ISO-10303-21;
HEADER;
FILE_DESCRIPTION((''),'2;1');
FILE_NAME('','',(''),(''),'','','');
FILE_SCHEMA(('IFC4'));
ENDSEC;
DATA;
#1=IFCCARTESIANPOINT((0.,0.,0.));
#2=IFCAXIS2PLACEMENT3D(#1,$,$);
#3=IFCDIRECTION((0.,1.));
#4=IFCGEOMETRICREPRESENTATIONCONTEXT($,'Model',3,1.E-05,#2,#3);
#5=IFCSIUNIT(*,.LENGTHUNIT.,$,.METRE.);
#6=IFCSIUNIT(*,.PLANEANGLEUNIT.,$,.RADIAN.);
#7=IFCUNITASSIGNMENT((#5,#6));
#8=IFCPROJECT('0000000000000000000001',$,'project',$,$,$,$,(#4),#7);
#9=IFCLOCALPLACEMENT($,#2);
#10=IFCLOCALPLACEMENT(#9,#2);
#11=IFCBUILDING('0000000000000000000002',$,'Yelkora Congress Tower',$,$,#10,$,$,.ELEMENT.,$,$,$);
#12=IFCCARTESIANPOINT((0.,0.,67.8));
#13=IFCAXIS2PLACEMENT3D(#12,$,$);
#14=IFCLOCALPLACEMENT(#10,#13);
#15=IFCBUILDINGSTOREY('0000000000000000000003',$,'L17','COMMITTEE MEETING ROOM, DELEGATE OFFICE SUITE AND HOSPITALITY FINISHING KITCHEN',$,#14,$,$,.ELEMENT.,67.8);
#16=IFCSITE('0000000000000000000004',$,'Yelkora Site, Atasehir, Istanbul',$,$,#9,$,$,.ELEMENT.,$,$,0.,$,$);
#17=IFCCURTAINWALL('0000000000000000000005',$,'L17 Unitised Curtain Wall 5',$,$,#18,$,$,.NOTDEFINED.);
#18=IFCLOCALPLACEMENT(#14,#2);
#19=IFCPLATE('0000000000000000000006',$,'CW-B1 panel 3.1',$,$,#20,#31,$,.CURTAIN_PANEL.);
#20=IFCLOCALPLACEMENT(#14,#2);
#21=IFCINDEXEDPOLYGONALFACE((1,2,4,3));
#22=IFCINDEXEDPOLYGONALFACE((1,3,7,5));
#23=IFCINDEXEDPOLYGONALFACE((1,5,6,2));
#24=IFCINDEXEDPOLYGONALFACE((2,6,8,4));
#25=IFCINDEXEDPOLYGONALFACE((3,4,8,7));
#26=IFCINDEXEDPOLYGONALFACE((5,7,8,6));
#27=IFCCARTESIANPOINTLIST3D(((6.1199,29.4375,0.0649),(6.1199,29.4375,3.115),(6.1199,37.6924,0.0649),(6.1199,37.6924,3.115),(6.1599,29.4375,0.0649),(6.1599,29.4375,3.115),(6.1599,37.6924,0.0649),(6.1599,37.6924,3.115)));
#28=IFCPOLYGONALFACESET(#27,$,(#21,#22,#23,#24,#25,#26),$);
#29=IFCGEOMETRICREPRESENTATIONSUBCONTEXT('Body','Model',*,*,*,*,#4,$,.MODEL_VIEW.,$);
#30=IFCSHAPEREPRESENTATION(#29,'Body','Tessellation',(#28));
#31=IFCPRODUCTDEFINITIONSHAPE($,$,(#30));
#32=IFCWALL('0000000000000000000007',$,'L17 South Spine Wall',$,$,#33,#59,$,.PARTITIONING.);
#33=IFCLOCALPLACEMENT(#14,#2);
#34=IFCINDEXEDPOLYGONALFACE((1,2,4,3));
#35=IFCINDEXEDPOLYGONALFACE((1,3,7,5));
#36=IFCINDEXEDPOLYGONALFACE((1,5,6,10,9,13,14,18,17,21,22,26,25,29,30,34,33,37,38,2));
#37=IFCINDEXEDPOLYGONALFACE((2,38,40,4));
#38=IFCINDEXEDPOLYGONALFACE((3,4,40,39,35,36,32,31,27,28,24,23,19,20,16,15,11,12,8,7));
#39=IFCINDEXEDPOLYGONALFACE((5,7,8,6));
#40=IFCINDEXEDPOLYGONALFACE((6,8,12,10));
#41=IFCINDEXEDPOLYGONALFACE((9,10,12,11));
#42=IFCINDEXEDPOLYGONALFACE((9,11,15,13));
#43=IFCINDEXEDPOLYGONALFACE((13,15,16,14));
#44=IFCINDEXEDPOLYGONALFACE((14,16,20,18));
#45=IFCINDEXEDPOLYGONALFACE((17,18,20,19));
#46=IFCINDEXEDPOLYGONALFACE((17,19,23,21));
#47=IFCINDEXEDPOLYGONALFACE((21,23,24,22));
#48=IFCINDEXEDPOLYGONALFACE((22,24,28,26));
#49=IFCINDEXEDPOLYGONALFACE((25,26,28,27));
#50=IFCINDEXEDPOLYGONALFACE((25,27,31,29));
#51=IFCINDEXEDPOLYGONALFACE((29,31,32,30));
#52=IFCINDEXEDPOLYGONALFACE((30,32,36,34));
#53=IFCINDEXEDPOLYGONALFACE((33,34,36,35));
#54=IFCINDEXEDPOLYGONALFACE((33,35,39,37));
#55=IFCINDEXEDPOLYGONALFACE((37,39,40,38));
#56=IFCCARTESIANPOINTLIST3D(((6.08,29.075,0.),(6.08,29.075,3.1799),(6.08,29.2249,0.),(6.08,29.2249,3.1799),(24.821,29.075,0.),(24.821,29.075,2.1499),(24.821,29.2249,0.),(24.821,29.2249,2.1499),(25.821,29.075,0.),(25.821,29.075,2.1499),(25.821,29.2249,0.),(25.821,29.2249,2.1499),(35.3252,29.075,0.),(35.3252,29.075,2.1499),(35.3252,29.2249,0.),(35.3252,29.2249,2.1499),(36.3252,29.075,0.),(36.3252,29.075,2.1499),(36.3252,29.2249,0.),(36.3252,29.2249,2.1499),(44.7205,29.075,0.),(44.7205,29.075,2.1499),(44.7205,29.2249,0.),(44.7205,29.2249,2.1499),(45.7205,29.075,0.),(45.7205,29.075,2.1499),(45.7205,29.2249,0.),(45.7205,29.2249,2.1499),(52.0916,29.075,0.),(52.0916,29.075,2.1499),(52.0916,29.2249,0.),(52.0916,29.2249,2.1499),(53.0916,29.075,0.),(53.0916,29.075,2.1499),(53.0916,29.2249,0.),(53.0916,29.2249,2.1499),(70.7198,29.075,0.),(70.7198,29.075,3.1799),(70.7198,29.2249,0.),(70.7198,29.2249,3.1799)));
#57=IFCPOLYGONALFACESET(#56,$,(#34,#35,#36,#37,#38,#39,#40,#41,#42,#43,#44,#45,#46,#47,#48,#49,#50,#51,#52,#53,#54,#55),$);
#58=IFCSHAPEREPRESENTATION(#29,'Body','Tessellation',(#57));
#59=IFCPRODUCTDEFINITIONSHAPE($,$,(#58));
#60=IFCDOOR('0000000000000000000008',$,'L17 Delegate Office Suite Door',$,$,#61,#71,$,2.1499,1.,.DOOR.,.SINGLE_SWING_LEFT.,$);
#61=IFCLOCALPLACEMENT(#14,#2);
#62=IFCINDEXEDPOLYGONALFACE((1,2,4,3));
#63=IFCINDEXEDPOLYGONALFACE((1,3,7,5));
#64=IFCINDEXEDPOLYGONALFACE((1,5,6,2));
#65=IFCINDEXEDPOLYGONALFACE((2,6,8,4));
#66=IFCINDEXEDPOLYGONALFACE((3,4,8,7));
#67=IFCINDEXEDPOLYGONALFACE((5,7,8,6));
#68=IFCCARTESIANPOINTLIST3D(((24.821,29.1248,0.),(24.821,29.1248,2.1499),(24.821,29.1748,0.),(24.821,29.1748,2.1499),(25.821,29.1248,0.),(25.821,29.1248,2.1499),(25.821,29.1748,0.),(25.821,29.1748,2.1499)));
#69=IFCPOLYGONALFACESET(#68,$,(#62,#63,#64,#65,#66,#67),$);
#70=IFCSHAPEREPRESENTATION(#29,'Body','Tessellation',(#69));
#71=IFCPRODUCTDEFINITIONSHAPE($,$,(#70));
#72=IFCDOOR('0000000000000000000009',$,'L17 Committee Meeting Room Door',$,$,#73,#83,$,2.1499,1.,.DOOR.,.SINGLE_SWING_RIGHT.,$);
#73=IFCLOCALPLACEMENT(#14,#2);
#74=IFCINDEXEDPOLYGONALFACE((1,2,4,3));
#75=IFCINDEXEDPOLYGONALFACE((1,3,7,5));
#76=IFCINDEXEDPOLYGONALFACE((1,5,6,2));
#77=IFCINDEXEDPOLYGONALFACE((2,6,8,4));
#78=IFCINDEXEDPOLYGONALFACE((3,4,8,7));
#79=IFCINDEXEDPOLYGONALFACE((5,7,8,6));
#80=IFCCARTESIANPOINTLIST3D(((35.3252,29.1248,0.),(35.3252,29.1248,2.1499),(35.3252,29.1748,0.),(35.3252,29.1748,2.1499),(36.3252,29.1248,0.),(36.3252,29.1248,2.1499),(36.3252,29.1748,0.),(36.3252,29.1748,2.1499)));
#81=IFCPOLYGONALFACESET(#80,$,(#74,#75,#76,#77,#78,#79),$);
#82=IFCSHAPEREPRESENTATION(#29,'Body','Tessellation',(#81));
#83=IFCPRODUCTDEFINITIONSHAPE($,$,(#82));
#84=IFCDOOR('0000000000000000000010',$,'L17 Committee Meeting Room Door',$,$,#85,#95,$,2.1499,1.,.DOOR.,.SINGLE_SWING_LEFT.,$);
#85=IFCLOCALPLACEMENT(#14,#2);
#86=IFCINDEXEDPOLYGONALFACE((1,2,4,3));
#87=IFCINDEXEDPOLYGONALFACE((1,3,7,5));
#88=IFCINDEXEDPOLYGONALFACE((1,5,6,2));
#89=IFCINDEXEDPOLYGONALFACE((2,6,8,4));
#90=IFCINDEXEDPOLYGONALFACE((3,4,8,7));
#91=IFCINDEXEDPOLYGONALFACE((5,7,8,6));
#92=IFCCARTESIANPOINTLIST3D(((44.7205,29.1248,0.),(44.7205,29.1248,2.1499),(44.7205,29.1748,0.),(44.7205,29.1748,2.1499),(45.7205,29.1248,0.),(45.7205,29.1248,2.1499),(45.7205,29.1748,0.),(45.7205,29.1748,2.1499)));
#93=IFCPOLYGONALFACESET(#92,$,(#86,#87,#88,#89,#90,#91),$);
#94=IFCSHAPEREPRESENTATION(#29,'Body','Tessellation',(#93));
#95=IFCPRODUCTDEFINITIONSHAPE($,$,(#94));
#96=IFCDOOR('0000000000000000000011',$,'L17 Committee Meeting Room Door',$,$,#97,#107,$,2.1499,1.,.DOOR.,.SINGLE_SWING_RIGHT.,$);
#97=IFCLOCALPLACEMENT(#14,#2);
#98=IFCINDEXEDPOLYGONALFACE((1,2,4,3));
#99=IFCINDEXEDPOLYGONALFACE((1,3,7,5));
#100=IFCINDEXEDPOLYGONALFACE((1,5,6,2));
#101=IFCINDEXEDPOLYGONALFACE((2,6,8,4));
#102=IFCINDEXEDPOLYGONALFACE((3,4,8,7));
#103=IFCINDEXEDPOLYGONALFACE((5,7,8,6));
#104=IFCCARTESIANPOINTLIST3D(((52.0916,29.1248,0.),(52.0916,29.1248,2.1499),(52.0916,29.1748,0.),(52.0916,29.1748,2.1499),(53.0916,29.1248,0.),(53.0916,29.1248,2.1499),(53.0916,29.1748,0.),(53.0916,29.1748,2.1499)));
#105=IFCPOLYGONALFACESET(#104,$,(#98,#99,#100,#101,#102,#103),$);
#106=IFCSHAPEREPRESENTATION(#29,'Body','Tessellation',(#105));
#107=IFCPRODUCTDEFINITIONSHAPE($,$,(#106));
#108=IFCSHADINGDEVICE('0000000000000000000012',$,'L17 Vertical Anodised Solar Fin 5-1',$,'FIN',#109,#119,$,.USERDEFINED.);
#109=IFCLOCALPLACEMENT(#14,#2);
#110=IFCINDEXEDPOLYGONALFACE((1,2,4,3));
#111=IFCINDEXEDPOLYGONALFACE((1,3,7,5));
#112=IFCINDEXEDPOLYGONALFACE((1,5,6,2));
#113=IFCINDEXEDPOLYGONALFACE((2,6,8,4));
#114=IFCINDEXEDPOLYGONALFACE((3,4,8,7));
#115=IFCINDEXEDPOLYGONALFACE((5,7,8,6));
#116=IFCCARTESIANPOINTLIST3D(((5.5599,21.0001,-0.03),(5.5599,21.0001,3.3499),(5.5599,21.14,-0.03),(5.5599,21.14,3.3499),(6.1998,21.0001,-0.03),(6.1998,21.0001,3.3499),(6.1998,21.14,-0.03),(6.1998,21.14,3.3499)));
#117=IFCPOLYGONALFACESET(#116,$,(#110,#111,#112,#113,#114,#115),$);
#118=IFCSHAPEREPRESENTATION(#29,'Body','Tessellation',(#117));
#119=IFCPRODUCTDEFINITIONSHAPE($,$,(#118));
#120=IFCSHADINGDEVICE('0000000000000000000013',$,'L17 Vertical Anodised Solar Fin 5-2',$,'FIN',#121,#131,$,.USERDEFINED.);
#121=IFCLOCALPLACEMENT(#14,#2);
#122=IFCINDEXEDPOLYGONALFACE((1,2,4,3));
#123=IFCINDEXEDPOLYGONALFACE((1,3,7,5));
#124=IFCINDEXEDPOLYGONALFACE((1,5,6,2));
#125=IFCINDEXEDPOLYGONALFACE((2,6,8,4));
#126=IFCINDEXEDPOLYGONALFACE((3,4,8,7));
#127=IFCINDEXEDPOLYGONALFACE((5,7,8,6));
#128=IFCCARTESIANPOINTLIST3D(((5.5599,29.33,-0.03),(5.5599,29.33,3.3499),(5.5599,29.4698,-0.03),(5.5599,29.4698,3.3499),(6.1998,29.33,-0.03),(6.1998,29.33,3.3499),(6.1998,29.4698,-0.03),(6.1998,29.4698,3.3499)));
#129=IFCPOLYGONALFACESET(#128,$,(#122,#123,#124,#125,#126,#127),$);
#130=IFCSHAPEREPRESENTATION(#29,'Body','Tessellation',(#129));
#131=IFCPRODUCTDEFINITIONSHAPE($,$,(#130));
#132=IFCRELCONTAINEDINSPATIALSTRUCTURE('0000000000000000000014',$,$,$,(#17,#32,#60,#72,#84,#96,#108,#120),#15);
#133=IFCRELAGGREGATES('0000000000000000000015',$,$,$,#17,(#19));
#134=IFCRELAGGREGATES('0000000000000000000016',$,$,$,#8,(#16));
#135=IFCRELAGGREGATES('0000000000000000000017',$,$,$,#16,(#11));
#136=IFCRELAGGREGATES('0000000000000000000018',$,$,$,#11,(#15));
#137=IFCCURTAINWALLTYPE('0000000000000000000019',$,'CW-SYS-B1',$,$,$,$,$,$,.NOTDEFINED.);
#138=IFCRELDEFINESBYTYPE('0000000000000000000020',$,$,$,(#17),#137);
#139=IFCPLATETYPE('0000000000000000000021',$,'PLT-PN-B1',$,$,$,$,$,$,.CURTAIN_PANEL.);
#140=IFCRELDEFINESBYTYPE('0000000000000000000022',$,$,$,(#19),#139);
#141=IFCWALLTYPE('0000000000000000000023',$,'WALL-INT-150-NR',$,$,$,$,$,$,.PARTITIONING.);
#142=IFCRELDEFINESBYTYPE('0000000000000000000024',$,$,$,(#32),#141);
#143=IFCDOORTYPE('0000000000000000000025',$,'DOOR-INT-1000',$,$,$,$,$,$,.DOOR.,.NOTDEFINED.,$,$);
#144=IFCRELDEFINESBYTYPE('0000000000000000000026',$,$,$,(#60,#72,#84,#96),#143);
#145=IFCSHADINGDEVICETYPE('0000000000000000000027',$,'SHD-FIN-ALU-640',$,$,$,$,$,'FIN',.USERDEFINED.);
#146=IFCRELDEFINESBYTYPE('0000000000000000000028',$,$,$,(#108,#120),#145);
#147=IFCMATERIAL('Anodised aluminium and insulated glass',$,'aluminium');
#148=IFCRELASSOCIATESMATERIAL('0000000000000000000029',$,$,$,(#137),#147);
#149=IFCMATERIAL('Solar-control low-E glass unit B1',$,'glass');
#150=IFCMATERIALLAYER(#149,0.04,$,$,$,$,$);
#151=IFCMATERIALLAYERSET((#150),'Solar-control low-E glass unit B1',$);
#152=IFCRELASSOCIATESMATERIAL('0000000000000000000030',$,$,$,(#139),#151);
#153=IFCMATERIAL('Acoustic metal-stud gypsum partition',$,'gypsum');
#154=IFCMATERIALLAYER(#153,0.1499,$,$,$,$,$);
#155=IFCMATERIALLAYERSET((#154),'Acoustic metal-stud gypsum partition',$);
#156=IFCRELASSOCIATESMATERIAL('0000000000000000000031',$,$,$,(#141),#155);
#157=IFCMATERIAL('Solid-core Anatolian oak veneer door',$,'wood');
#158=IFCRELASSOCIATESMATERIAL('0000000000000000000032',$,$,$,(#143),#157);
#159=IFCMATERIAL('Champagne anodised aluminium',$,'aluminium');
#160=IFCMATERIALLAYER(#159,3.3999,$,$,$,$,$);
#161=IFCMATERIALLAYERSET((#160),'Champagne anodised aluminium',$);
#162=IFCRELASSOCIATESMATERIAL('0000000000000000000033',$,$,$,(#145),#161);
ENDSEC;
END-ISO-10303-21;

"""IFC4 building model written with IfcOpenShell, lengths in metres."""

from ifc_helpers import new_model, si_unit, direction, frame, frame_2d, origin, origin_2d, place, context, subcontext, project, spatial, rectangle, extrude, material, layer, layer_set, type_object, element, fill, aggregate, save


model = new_model("IFC4")

# Units and contexts
model_context = context("Model", 3, precision=1e-05, world=origin(), true_north=direction((0.0, 1.0)))
body_context = subcontext(model_context, "Body", "Model", "MODEL_VIEW")
ifc_project = project(units=[si_unit("LENGTHUNIT", "METRE"), si_unit("PLANEANGLEUNIT", "RADIAN")], contexts=[model_context])

# Site, building, storey
site_placement = place(None, origin())
site = spatial("IfcSite", under=ifc_project, at=site_placement, Name="Yelkora Site, Atasehir, Istanbul", CompositionType="ELEMENT", RefElevation=0.0)
building_placement = place(site_placement, origin())
building = spatial("IfcBuilding", under=site, at=building_placement, Name="Yelkora Congress Tower", CompositionType="ELEMENT")
storey_placement = place(building_placement, frame((0.0, 0.0, 67.8)))
storey = spatial("IfcBuildingStorey", under=building, at=storey_placement, Name="L17", Description="COMMITTEE MEETING ROOM, DELEGATE OFFICE SUITE AND HOSPITALITY FINISHING KITCHEN", CompositionType="ELEMENT", Elevation=67.8)

# Curtain wall, plate
ifc_material_1 = material(Name="Anodised aluminium and insulated glass", Category="aluminium")
curtain_wall_type = type_object("IfcCurtainWallType", Name="CW-SYS-B1", PredefinedType="NOTDEFINED", material=ifc_material_1)
curtain_wall_placement = place(storey_placement, origin())
curtain_wall = element("IfcCurtainWall", 1, at=curtain_wall_placement, inside=storey, type_object=curtain_wall_type, Name="L17 Unitised Curtain Wall 5", PredefinedType="NOTDEFINED")
ifc_material_2 = material(Name="Solar-control low-E glass unit B1", Category="glass")
ifc_layer_1 = layer(ifc_material_2, 0.04)
ifc_layer_set_1 = layer_set([ifc_layer_1], Name="Solar-control low-E glass unit B1")
plate_type = type_object("IfcPlateType", Name="PLT-PN-B1", PredefinedType="CURTAIN_PANEL", material=ifc_layer_set_1)
plate_1_placement = place(storey_placement, frame((6.1399, 33.5649, 0.0649), z_axis=(0.0, 0.0, 1.0), x_axis=(0.0, 1.0, 0.0)))
plate_1 = element("IfcPlate", 2, at=plate_1_placement, type_object=plate_type, Name="CW-B1 panel 3.1", PredefinedType="CURTAIN_PANEL", context=body_context, shape_type="SweptSolid", body=[
    extrude(rectangle(XDim=8.2549, YDim=0.04, at=origin_2d()), origin(), (0.0, 0.0, 1.0), 3.05),
])
aggregate(curtain_wall, [plate_1])

# Wall, openings, doors
ifc_material_3 = material(Name="Acoustic metal-stud gypsum partition", Category="gypsum")
ifc_layer_2 = layer(ifc_material_3, 0.1499)
ifc_layer_set_2 = layer_set([ifc_layer_2], Name="Acoustic metal-stud gypsum partition")
wall_type = type_object("IfcWallType", Name="WALL-INT-150-NR", PredefinedType="PARTITIONING", material=ifc_layer_set_2)
wall_placement = place(storey_placement, frame((6.0801, 29.1499, 0.0), z_axis=(0.0, 0.0, 1.0), x_axis=(1.0, 0.0, 0.0)))
wall = element("IfcWall", 3, at=wall_placement, inside=storey, type_object=wall_type, Name="L17 South Spine Wall", PredefinedType="PARTITIONING", context=body_context, shape_type="SweptSolid", body=[
    extrude(rectangle(XDim=64.6399, YDim=0.1499, at=frame_2d((32.3198, 0.0))), origin(), (0.0, 0.0, 1.0), 3.1799),
])
opening_1_placement = place(wall_placement, frame((18.741, 0.0, 0.0)))
opening_1 = element("IfcOpeningElement", 4, at=opening_1_placement, cuts=wall, PredefinedType="OPENING", context=body_context, shape_type="SweptSolid", body=[
    extrude(rectangle(XDim=1.0, YDim=2.1499, at=frame_2d((0.5, 1.075))), frame((0.0, 0.085, 0.0), z_axis=(0.0, -1.0, 0.0), x_axis=(1.0, 0.0, 0.0)), (0.0, 0.0, 1.0), 0.1699),
])
opening_2_placement = place(wall_placement, frame((29.2451, 0.0, 0.0)))
opening_2 = element("IfcOpeningElement", 5, at=opening_2_placement, cuts=wall, PredefinedType="OPENING", context=body_context, shape_type="SweptSolid", body=[
    extrude(rectangle(XDim=1.0, YDim=2.1499, at=frame_2d((0.5, 1.075))), frame((0.0, 0.085, 0.0), z_axis=(0.0, -1.0, 0.0), x_axis=(1.0, 0.0, 0.0)), (0.0, 0.0, 1.0), 0.1699),
])
opening_3_placement = place(wall_placement, frame((38.6404, 0.0, 0.0)))
opening_3 = element("IfcOpeningElement", 6, at=opening_3_placement, cuts=wall, PredefinedType="OPENING", context=body_context, shape_type="SweptSolid", body=[
    extrude(rectangle(XDim=1.0, YDim=2.1499, at=frame_2d((0.5, 1.075))), frame((0.0, 0.085, 0.0), z_axis=(0.0, -1.0, 0.0), x_axis=(1.0, 0.0, 0.0)), (0.0, 0.0, 1.0), 0.1699),
])
opening_4_placement = place(wall_placement, frame((46.0115, 0.0, 0.0)))
opening_4 = element("IfcOpeningElement", 7, at=opening_4_placement, cuts=wall, PredefinedType="OPENING", context=body_context, shape_type="SweptSolid", body=[
    extrude(rectangle(XDim=1.0, YDim=2.1499, at=frame_2d((0.5, 1.075))), frame((0.0, 0.085, 0.0), z_axis=(0.0, -1.0, 0.0), x_axis=(1.0, 0.0, 0.0)), (0.0, 0.0, 1.0), 0.1699),
])
ifc_material_4 = material(Name="Solid-core Anatolian oak veneer door", Category="wood")
door_type = type_object("IfcDoorType", Name="DOOR-INT-1000", OperationType="NOTDEFINED", PredefinedType="DOOR", material=ifc_material_4)
door_1_placement = place(opening_1_placement, origin())
door_1 = element("IfcDoor", 8, at=door_1_placement, inside=storey, type_object=door_type, Name="L17 Delegate Office Suite Door", OperationType="SINGLE_SWING_LEFT", OverallHeight=2.1499, OverallWidth=1.0, PredefinedType="DOOR", context=body_context, shape_type="SweptSolid", body=[
    extrude(rectangle(XDim=1.0, YDim=2.1499, at=frame_2d((0.5, 1.075))), frame((0.0, 0.0249, 0.0), z_axis=(0.0, -1.0, 0.0), x_axis=(1.0, 0.0, 0.0)), (0.0, 0.0, 1.0), 0.05),
])
fill(opening_1, door_1)
door_2_placement = place(opening_2_placement, origin())
door_2 = element("IfcDoor", 9, at=door_2_placement, inside=storey, type_object=door_type, Name="L17 Committee Meeting Room Door", OperationType="SINGLE_SWING_RIGHT", OverallHeight=2.1499, OverallWidth=1.0, PredefinedType="DOOR", context=body_context, shape_type="SweptSolid", body=[
    extrude(rectangle(XDim=1.0, YDim=2.1499, at=frame_2d((0.5, 1.075))), frame((0.0, 0.0249, 0.0), z_axis=(0.0, -1.0, 0.0), x_axis=(1.0, 0.0, 0.0)), (0.0, 0.0, 1.0), 0.05),
])
fill(opening_2, door_2)
door_3_placement = place(opening_3_placement, origin())
door_3 = element("IfcDoor", 10, at=door_3_placement, inside=storey, type_object=door_type, Name="L17 Committee Meeting Room Door", OperationType="SINGLE_SWING_LEFT", OverallHeight=2.1499, OverallWidth=1.0, PredefinedType="DOOR", context=body_context, shape_type="SweptSolid", body=[
    extrude(rectangle(XDim=1.0, YDim=2.1499, at=frame_2d((0.5, 1.075))), frame((0.0, 0.0249, 0.0), z_axis=(0.0, -1.0, 0.0), x_axis=(1.0, 0.0, 0.0)), (0.0, 0.0, 1.0), 0.05),
])
fill(opening_3, door_3)
door_4_placement = place(opening_4_placement, origin())
door_4 = element("IfcDoor", 11, at=door_4_placement, inside=storey, type_object=door_type, Name="L17 Committee Meeting Room Door", OperationType="SINGLE_SWING_RIGHT", OverallHeight=2.1499, OverallWidth=1.0, PredefinedType="DOOR", context=body_context, shape_type="SweptSolid", body=[
    extrude(rectangle(XDim=1.0, YDim=2.1499, at=frame_2d((0.5, 1.075))), frame((0.0, 0.0249, 0.0), z_axis=(0.0, -1.0, 0.0), x_axis=(1.0, 0.0, 0.0)), (0.0, 0.0, 1.0), 0.05),
])
fill(opening_4, door_4)

# Shading devices
ifc_material_5 = material(Name="Champagne anodised aluminium", Category="aluminium")
ifc_layer_3 = layer(ifc_material_5, 3.3999)
ifc_layer_set_3 = layer_set([ifc_layer_3], Name="Champagne anodised aluminium")
shading_device_type = type_object("IfcShadingDeviceType", Name="SHD-FIN-ALU-640", ElementType="FIN", PredefinedType="USERDEFINED", material=ifc_layer_set_3)
for number, where, z_axis, x_axis, name in (
    (12, (5.8799, 21.0701, -0.03), (0.0, 0.0, 1.0), (0.0, 1.0, 0.0), "L17 Vertical Anodised Solar Fin 5-1"),
    (13, (5.8799, 29.3999, -0.03), (0.0, 0.0, 1.0), (0.0, 1.0, 0.0), "L17 Vertical Anodised Solar Fin 5-2"),
):
    element("IfcShadingDevice", number, at=place(storey_placement, frame(where, z_axis=z_axis, x_axis=x_axis)), inside=storey, type_object=shading_device_type, Name=name, ObjectType="FIN", PredefinedType="USERDEFINED", context=body_context, shape_type="SweptSolid", body=[
        extrude(rectangle(XDim=0.1399, YDim=0.6399, at=origin_2d()), origin(), (0.0, 0.0, 1.0), 3.3799),
    ])

save(model, "model.ifc")
